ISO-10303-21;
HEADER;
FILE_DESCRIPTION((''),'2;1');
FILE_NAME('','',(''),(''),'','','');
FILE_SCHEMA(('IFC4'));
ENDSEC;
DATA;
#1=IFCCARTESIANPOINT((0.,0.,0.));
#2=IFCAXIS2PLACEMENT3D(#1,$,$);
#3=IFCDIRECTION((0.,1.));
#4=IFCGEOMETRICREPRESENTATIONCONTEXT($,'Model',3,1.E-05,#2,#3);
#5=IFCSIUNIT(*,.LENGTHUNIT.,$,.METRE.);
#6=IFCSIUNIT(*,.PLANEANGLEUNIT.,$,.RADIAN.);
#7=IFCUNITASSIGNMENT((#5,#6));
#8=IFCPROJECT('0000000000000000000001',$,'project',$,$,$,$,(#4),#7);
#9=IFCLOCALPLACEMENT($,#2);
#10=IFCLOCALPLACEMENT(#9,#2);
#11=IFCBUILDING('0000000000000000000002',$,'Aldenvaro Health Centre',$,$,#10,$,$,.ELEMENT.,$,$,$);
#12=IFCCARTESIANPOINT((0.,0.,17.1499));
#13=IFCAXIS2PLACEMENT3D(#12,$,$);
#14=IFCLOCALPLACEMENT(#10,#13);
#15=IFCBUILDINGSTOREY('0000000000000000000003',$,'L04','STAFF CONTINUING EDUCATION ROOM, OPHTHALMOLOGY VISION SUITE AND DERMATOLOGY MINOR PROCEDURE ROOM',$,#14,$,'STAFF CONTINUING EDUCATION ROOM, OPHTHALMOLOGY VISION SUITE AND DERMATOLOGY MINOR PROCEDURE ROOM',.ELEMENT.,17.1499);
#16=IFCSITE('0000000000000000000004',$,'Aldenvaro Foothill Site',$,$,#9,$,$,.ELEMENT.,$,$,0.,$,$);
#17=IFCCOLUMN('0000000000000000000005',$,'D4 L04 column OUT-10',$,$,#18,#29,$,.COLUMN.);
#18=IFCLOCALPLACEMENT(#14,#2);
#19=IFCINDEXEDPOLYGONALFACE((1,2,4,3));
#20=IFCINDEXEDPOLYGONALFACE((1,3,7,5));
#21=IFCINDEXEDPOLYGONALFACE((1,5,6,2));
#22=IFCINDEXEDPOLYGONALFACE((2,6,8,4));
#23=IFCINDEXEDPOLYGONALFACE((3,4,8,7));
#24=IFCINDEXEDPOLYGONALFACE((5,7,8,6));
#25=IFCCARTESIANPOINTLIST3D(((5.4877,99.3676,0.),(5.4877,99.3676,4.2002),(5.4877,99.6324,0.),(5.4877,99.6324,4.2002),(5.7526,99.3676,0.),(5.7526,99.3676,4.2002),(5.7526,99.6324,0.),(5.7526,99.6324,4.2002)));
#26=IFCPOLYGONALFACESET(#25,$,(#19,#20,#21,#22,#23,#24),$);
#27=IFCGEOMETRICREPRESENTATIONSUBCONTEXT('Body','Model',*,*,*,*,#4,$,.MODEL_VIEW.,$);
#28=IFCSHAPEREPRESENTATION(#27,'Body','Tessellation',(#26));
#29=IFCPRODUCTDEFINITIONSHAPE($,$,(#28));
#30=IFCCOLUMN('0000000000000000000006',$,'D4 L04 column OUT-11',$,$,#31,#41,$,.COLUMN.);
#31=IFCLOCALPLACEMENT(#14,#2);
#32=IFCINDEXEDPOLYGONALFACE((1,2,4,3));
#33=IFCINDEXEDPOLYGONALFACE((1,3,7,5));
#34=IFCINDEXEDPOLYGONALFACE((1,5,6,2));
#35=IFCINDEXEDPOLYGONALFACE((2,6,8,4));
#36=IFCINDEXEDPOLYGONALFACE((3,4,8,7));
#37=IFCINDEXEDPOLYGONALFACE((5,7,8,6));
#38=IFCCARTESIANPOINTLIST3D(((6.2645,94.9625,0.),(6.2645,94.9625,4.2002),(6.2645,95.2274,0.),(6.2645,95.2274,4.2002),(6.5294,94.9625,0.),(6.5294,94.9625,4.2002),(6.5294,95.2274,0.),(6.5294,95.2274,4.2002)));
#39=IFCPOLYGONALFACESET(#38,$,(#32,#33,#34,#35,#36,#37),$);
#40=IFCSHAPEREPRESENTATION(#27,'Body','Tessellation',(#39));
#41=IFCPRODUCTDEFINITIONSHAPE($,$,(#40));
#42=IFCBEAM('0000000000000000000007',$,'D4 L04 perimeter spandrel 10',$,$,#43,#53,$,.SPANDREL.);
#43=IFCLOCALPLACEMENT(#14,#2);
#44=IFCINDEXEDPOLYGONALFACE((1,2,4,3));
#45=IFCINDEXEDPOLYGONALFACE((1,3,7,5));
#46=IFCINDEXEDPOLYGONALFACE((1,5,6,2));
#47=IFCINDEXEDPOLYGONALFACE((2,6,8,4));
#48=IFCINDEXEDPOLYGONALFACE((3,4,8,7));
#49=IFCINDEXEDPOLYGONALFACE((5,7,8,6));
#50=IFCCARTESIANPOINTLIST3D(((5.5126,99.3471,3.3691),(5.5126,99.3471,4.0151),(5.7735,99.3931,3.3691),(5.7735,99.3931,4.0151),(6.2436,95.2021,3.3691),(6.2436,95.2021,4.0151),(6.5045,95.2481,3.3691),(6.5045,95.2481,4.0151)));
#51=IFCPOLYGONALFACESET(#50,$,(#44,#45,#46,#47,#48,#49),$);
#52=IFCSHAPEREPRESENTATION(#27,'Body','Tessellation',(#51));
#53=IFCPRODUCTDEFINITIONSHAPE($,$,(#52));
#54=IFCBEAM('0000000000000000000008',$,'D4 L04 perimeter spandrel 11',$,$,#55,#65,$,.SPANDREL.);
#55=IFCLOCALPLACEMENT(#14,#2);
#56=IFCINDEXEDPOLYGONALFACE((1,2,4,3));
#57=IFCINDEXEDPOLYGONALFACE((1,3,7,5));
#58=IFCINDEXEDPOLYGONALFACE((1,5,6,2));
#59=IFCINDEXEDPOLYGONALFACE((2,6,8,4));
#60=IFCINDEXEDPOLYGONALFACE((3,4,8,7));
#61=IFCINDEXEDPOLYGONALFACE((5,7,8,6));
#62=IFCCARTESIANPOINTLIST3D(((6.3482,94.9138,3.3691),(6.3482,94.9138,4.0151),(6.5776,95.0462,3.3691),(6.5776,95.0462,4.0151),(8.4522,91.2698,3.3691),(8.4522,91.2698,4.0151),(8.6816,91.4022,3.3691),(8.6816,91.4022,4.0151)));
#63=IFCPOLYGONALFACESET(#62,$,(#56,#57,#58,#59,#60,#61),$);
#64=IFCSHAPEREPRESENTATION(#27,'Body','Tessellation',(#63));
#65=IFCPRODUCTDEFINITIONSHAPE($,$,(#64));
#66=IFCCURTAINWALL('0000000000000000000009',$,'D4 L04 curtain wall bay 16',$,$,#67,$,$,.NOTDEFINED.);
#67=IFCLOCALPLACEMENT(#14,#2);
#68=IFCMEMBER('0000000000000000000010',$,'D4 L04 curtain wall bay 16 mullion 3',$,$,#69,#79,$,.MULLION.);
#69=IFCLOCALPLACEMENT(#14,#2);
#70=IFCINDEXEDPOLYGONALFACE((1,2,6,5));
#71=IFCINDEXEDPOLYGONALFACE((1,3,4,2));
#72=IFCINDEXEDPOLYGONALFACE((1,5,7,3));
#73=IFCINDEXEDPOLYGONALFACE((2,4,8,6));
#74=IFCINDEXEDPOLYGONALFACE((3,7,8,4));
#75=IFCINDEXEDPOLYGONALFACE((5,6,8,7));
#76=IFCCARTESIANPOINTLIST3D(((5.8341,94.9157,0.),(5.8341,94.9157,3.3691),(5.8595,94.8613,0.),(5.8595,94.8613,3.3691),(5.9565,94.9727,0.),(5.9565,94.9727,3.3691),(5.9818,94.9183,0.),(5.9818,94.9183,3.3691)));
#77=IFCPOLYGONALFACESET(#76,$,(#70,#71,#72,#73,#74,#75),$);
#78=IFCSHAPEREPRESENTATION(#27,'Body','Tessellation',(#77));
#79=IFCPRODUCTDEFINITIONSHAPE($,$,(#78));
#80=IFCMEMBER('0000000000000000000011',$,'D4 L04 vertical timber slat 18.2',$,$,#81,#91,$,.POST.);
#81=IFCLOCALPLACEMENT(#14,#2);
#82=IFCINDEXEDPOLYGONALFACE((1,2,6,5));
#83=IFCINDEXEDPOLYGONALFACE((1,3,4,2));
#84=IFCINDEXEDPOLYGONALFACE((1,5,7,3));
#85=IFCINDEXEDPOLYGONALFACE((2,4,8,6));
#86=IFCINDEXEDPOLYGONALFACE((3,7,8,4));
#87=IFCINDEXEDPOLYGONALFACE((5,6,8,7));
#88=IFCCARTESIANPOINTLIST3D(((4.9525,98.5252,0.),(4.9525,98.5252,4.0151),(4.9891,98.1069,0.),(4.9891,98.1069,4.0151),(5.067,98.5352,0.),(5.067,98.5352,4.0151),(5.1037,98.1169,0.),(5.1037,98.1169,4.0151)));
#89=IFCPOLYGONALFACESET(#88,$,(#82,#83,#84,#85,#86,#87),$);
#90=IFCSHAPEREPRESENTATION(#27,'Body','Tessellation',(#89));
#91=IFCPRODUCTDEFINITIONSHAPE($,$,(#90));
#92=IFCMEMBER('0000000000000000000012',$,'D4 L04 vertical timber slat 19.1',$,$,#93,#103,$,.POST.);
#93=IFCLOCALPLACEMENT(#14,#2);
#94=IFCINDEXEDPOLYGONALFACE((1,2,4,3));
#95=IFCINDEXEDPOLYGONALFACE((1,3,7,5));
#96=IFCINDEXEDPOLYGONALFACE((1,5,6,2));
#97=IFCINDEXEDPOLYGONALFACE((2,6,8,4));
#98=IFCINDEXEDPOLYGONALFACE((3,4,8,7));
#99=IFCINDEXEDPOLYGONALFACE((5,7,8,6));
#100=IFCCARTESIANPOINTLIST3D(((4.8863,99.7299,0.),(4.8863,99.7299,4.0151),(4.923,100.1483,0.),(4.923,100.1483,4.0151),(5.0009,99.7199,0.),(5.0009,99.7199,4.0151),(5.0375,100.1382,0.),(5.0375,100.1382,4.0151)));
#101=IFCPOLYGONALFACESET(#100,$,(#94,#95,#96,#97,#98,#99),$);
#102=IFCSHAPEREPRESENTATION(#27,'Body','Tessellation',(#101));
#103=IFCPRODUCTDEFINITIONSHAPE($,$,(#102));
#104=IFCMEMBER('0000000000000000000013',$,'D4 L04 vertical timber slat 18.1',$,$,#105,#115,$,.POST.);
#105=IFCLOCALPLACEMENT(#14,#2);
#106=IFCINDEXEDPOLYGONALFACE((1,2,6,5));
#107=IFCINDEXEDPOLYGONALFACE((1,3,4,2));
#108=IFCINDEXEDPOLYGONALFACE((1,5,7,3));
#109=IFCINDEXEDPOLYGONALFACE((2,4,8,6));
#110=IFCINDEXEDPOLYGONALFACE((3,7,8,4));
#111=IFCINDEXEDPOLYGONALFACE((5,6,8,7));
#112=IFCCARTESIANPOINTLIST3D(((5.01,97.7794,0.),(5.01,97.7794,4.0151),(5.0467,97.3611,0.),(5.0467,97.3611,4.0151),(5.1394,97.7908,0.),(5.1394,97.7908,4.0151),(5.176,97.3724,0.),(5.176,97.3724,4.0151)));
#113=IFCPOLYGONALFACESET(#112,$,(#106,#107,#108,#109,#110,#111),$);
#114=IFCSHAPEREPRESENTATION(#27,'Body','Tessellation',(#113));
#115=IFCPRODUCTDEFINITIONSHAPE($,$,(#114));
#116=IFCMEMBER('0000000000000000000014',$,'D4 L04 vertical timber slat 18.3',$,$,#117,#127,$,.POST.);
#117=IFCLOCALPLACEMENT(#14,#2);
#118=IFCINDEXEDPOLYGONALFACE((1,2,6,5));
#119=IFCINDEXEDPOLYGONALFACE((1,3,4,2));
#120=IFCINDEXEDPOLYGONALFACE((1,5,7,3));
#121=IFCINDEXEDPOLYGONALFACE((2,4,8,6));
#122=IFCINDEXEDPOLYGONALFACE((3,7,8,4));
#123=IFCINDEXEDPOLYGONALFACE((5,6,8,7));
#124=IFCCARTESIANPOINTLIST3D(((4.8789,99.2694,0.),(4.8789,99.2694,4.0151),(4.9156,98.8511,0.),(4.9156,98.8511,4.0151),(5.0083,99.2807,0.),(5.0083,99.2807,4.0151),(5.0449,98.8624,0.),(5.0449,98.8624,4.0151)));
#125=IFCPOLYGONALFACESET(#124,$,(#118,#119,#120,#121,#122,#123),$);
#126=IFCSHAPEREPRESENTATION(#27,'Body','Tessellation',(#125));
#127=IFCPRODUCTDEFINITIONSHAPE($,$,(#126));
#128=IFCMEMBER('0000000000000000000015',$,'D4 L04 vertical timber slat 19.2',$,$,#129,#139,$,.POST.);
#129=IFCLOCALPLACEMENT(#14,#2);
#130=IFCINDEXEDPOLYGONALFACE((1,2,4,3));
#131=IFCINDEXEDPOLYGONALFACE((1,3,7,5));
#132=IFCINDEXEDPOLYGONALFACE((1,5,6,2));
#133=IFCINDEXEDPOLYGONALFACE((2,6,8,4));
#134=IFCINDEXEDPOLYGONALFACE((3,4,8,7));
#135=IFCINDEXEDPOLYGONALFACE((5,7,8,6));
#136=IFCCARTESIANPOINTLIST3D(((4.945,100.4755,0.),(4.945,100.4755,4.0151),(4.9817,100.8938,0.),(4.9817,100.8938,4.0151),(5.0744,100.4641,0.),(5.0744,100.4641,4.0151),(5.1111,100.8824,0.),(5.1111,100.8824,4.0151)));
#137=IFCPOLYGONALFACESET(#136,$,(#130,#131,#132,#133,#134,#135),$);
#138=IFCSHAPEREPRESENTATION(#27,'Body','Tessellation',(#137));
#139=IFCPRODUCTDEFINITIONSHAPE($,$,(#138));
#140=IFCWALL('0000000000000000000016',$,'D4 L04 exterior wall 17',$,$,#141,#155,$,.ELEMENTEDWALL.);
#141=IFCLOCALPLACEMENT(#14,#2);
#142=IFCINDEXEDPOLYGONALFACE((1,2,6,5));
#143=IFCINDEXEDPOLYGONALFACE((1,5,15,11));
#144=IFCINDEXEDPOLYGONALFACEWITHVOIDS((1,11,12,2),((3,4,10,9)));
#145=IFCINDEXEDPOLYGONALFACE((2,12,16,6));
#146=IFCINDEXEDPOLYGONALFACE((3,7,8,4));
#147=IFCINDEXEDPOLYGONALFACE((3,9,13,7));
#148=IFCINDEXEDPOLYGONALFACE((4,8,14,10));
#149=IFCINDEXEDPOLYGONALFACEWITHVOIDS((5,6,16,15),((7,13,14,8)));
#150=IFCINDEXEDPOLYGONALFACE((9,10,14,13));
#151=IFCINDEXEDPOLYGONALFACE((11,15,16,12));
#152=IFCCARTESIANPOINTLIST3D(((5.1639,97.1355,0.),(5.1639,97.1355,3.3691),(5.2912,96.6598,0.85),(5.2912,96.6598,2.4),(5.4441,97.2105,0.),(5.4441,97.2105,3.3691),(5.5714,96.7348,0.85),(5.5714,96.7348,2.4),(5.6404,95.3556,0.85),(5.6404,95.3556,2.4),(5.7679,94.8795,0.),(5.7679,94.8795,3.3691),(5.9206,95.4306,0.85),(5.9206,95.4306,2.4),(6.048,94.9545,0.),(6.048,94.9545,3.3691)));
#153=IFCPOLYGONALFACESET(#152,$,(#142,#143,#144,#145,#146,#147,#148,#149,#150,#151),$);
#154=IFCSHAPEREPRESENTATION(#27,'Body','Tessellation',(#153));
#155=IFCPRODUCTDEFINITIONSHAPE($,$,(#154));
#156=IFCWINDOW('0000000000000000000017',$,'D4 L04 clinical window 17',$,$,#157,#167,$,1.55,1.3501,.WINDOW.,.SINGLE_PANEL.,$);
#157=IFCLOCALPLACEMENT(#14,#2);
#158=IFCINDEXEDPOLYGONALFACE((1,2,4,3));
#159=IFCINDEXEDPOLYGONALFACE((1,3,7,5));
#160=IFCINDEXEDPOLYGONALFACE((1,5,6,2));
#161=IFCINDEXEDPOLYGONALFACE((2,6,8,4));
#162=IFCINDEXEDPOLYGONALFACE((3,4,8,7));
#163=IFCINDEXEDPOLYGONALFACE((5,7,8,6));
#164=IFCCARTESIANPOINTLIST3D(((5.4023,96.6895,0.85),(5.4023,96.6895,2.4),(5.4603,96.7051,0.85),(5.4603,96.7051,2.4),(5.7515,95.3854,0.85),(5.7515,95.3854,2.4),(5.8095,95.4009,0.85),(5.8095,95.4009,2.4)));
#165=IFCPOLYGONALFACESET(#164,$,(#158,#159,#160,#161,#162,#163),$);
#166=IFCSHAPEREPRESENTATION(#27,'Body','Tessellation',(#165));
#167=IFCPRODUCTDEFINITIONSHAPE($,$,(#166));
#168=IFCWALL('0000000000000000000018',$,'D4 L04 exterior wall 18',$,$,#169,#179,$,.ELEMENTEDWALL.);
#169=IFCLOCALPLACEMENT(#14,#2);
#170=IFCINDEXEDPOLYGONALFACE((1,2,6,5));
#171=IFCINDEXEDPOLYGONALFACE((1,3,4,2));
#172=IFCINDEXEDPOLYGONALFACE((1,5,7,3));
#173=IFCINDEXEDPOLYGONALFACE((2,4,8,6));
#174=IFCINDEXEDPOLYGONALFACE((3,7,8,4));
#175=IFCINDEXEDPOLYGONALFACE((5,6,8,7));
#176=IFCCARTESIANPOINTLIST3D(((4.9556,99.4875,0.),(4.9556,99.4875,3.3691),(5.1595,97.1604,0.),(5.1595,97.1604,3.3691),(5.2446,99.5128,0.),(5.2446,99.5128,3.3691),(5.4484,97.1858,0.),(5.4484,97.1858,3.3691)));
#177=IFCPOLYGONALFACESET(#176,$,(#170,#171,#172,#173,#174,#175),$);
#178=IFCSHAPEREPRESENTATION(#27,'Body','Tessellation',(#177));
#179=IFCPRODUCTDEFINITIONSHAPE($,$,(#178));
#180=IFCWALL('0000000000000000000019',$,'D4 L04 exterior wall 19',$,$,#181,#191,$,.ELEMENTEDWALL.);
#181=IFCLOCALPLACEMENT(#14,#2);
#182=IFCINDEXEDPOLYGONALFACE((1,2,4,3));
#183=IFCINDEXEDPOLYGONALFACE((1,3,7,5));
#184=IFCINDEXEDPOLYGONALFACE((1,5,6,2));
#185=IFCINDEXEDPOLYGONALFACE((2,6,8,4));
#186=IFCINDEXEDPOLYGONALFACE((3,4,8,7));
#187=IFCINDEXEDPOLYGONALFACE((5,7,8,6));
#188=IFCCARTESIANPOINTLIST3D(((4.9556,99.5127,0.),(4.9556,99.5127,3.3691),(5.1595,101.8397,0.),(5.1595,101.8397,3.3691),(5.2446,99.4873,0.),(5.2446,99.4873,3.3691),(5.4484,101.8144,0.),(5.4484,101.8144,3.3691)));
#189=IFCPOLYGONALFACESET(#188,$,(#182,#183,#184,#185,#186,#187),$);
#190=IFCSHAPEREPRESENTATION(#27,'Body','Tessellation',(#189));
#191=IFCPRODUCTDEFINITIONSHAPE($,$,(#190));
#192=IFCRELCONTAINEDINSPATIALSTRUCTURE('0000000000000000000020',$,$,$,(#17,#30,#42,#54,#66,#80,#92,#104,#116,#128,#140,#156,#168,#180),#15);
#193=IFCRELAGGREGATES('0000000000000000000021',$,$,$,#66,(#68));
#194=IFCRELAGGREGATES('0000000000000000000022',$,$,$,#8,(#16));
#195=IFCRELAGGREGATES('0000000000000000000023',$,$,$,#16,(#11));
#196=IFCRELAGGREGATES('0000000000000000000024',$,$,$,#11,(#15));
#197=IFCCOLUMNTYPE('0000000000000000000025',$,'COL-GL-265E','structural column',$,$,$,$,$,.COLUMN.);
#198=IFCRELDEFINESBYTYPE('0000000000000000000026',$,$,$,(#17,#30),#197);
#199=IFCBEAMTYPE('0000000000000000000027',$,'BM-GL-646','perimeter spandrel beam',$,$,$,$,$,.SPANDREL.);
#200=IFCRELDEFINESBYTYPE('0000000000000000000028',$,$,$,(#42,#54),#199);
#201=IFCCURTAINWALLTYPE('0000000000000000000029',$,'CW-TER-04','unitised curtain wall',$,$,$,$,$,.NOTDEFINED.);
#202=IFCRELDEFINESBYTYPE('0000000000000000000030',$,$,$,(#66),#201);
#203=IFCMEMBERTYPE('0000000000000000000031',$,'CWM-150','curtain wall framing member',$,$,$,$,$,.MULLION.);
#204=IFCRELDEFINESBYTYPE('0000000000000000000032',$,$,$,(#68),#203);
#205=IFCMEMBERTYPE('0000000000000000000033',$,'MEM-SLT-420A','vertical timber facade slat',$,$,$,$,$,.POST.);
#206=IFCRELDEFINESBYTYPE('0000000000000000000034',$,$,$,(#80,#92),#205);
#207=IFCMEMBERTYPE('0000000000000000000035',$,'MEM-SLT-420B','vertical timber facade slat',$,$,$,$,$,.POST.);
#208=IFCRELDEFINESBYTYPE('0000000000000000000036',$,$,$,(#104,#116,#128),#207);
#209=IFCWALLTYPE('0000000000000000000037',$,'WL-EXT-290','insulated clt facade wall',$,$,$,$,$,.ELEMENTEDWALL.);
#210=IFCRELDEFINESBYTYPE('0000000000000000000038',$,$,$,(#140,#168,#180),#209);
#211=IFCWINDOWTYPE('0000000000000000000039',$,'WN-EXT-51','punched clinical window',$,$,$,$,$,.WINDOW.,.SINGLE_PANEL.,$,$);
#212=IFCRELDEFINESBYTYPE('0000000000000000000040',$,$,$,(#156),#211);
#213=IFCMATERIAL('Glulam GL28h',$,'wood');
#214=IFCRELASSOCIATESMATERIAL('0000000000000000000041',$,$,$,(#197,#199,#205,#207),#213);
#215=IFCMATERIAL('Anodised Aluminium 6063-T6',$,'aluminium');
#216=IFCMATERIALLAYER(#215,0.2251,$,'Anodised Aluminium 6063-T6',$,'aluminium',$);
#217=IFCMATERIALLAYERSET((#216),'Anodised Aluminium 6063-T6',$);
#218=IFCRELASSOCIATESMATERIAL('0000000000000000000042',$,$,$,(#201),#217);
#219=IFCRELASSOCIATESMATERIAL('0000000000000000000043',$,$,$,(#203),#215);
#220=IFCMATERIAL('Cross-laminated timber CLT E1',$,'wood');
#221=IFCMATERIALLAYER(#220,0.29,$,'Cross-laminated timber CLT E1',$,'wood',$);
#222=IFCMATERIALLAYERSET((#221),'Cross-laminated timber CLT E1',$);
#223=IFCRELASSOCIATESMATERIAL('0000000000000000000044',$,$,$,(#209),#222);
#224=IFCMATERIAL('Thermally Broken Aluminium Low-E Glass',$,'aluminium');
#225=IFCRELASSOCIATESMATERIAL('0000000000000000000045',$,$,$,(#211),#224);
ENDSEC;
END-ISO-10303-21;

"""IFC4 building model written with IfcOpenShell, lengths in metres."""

from ifc_helpers import new_model, si_unit, direction, frame, frame_2d, origin, origin_2d, place, context, subcontext, project, spatial, rectangle, extrude, material, layer, layer_set, material_profile, profile_set, type_object, element, fill, aggregate, save


model = new_model("IFC4")

# Units and contexts
model_context = context("Model", 3, precision=1e-05, world=origin(), true_north=direction((0.0, 1.0)))
body_context = subcontext(model_context, "Body", "Model", "MODEL_VIEW")
ifc_project = project(units=[si_unit("LENGTHUNIT", "METRE"), si_unit("PLANEANGLEUNIT", "RADIAN")], contexts=[model_context])

# Site, building, storey
site_placement = place(None, origin())
site = spatial("IfcSite", under=ifc_project, at=site_placement, Name="Aldenvaro Foothill Site", CompositionType="ELEMENT", RefElevation=0.0)
building_placement = place(site_placement, origin())
building = spatial("IfcBuilding", under=site, at=building_placement, Name="Aldenvaro Health Centre", CompositionType="ELEMENT")
storey_placement = place(building_placement, frame((0.0, 0.0, 17.1499)))
storey = spatial("IfcBuildingStorey", under=building, at=storey_placement, Name="L04", Description="STAFF CONTINUING EDUCATION ROOM, OPHTHALMOLOGY VISION SUITE AND DERMATOLOGY MINOR PROCEDURE ROOM", LongName="STAFF CONTINUING EDUCATION ROOM, OPHTHALMOLOGY VISION SUITE AND DERMATOLOGY MINOR PROCEDURE ROOM", CompositionType="ELEMENT", Elevation=17.1499)

# Columns
ifc_material_1 = material(Name="Glulam GL28h", Category="wood")
ifc_material_profile_1 = material_profile(ifc_material_1, rectangle(XDim=0.2649, YDim=0.2649, at=origin_2d()), Name="GL 265x265", Category="wood")
ifc_profile_set_1 = profile_set([ifc_material_profile_1], Name="Glulam GL28h")
column_type = type_object("IfcColumnType", Name="COL-GL-265E", Description="structural column", PredefinedType="COLUMN", material=ifc_profile_set_1)
for number, where, z_axis, x_axis, name in (
    (1, (5.6201, 99.5, 0.0), (0.0, 0.0, 1.0), (1.0, 0.0, 0.0), "D4 L04 column OUT-10"),
    (2, (6.397, 95.095, 0.0), (0.0, 0.0, 1.0), (1.0, 0.0, 0.0), "D4 L04 column OUT-11"),
):
    element("IfcColumn", number, at=place(storey_placement, frame(where, z_axis=z_axis, x_axis=x_axis)), inside=storey, type_object=column_type, Name=name, PredefinedType="COLUMN", context=body_context, shape_type="SweptSolid", body=[
        extrude(rectangle(XDim=0.2649, YDim=0.2649, at=origin_2d()), origin(), (0.0, 0.0, 1.0), 4.2002),
    ])

# Beams
ifc_material_profile_2 = material_profile(ifc_material_1, rectangle(XDim=0.2649, YDim=0.646, at=origin_2d()), Name="GL 265x646", Category="wood")
ifc_profile_set_2 = profile_set([ifc_material_profile_2], Name="Glulam GL28h")
beam_type = type_object("IfcBeamType", Name="BM-GL-646", Description="perimeter spandrel beam", PredefinedType="SPANDREL", material=ifc_profile_set_2)
beam_1_placement = place(storey_placement, frame((5.6431, 99.3701, 3.6921), z_axis=(0.173666, -0.984805, 0.0), x_axis=(0.984805, 0.173666, 0.0)))
element("IfcBeam", 3, at=beam_1_placement, inside=storey, type_object=beam_type, Name="D4 L04 perimeter spandrel 10", PredefinedType="SPANDREL", context=body_context, shape_type="SweptSolid", body=[
    extrude(rectangle(XDim=0.2649, YDim=0.646, at=origin_2d()), origin(), (0.0, 0.0, 1.0), 4.209),
])
beam_2_placement = place(storey_placement, frame((6.4629, 94.98, 3.6921), z_axis=(0.50002, -0.866014, 0.0), x_axis=(0.866014, 0.50002, 0.0)))
element("IfcBeam", 4, at=beam_2_placement, inside=storey, type_object=beam_type, Name="D4 L04 perimeter spandrel 11", PredefinedType="SPANDREL", context=body_context, shape_type="SweptSolid", body=[
    extrude(rectangle(XDim=0.2649, YDim=0.646, at=origin_2d()), origin(), (0.0, 0.0, 1.0), 4.2078),
])

# Curtain wall, member
ifc_material_2 = material(Name="Anodised Aluminium 6063-T6", Category="aluminium")
ifc_layer_1 = layer(ifc_material_2, 0.2251, Name="Anodised Aluminium 6063-T6", Category="aluminium")
ifc_layer_set_1 = layer_set([ifc_layer_1], Name="Anodised Aluminium 6063-T6")
curtain_wall_type = type_object("IfcCurtainWallType", Name="CW-TER-04", Description="unitised curtain wall", PredefinedType="NOTDEFINED", material=ifc_layer_set_1)
curtain_wall_placement = place(storey_placement, origin())
curtain_wall = element("IfcCurtainWall", 5, at=curtain_wall_placement, inside=storey, type_object=curtain_wall_type, Name="D4 L04 curtain wall bay 16", PredefinedType="NOTDEFINED")
ifc_material_profile_3 = material_profile(ifc_material_2, rectangle(XDim=0.0601, YDim=0.135, at=origin_2d()), Name="ALU 60x135", Category="aluminium")
ifc_profile_set_3 = profile_set([ifc_material_profile_3], Name="Anodised Aluminium 6063-T6")
member_type_1 = type_object("IfcMemberType", Name="CWM-150", Description="curtain wall framing member", PredefinedType="MULLION", material=ifc_profile_set_3)
member_placement = place(storey_placement, frame((5.908, 94.917, 0.0), z_axis=(0.0, 0.0, 1.0), x_axis=(-0.422557, 0.906336, 0.0)))
member = element("IfcMember", 6, at=member_placement, type_object=member_type_1, Name="D4 L04 curtain wall bay 16 mullion 3", PredefinedType="MULLION", context=body_context, shape_type="SweptSolid", body=[
    extrude(rectangle(XDim=0.0601, YDim=0.135, at=origin_2d()), origin(), (0.0, 0.0, 1.0), 3.3691),
])
aggregate(curtain_wall, [member])

# Members
ifc_material_profile_4 = material_profile(ifc_material_1, rectangle(XDim=0.115, YDim=0.4199, at=origin_2d()), Name="GL 115x420", Category="wood")
ifc_profile_set_4 = profile_set([ifc_material_profile_4], Name="Glulam GL28h")
member_type_2 = type_object("IfcMemberType", Name="MEM-SLT-420A", Description="vertical timber facade slat", PredefinedType="POST", material=ifc_profile_set_4)
for number, where, z_axis, x_axis, name in (
    (7, (5.0281, 98.321, 0.0), (0.0, 0.0, 1.0), (-0.996179, -0.087332, 0.0), "D4 L04 vertical timber slat 18.2"),
    (8, (4.9619, 99.9341, 0.0), (0.0, 0.0, 1.0), (-0.996179, 0.087332, 0.0), "D4 L04 vertical timber slat 19.1"),
):
    element("IfcMember", number, at=place(storey_placement, frame(where, z_axis=z_axis, x_axis=x_axis)), inside=storey, type_object=member_type_2, Name=name, PredefinedType="POST", context=body_context, shape_type="SweptSolid", body=[
        extrude(rectangle(XDim=0.115, YDim=0.4199, at=origin_2d()), origin(), (0.0, 0.0, 1.0), 4.0151),
    ])
ifc_material_profile_5 = material_profile(ifc_material_1, rectangle(XDim=0.1299, YDim=0.4199, at=origin_2d()), Name="GL 130x420", Category="wood")
ifc_profile_set_5 = profile_set([ifc_material_profile_5], Name="Glulam GL28h")
member_type_3 = type_object("IfcMemberType", Name="MEM-SLT-420B", Description="vertical timber facade slat", PredefinedType="POST", material=ifc_profile_set_5)
for number, where, z_axis, x_axis, name in (
    (9, (5.093, 97.5759, 0.0), (0.0, 0.0, 1.0), (-0.996179, -0.087332, 0.0), "D4 L04 vertical timber slat 18.1"),
    (10, (4.9619, 99.0659, 0.0), (0.0, 0.0, 1.0), (-0.996179, -0.087332, 0.0), "D4 L04 vertical timber slat 18.3"),
    (11, (5.0281, 100.679, 0.0), (0.0, 0.0, 1.0), (-0.996179, 0.087332, 0.0), "D4 L04 vertical timber slat 19.2"),
):
    element("IfcMember", number, at=place(storey_placement, frame(where, z_axis=z_axis, x_axis=x_axis)), inside=storey, type_object=member_type_3, Name=name, PredefinedType="POST", context=body_context, shape_type="SweptSolid", body=[
        extrude(rectangle(XDim=0.1299, YDim=0.4199, at=origin_2d()), origin(), (0.0, 0.0, 1.0), 4.0151),
    ])

# Wall, opening, window
ifc_material_3 = material(Name="Cross-laminated timber CLT E1", Category="wood")
ifc_layer_2 = layer(ifc_material_3, 0.29, Name="Cross-laminated timber CLT E1", Category="wood")
ifc_layer_set_2 = layer_set([ifc_layer_2], Name="Cross-laminated timber CLT E1")
wall_type_1 = type_object("IfcWallType", Name="WL-EXT-290", Description="insulated clt facade wall", PredefinedType="ELEMENTEDWALL", material=ifc_layer_set_2)
wall_1_placement = place(storey_placement, frame((5.908, 94.917, 0.0), z_axis=(0.0, 0.0, 1.0), x_axis=(-0.258612, 0.965981, 0.0)))
wall_1 = element("IfcWall", 12, at=wall_1_placement, inside=storey, type_object=wall_type_1, Name="D4 L04 exterior wall 17", PredefinedType="ELEMENTEDWALL", context=body_context, shape_type="SweptSolid", body=[
    extrude(rectangle(XDim=2.3354, YDim=0.29, at=frame_2d((1.1677, 0.0))), origin(), (0.0, 0.0, 1.0), 3.3691),
])
opening_placement = place(wall_1_placement, frame((0.4929, 0.0, 0.8501)))
opening = element("IfcOpeningElement", 13, at=opening_placement, cuts=wall_1, PredefinedType="OPENING", context=body_context, shape_type="SweptSolid", body=[
    extrude(rectangle(XDim=1.3501, YDim=1.55, at=frame_2d((0.675, 0.7749))), frame((0.0, 0.155, 0.0), z_axis=(0.0, -1.0, 0.0), x_axis=(1.0, 0.0, 0.0)), (0.0, 0.0, 1.0), 0.3101),
])
ifc_material_4 = material(Name="Thermally Broken Aluminium Low-E Glass", Category="aluminium")
window_type = type_object("IfcWindowType", Name="WN-EXT-51", Description="punched clinical window", PartitioningType="SINGLE_PANEL", PredefinedType="WINDOW", material=ifc_material_4)
window_placement = place(opening_placement, origin())
window = element("IfcWindow", 14, at=window_placement, inside=storey, type_object=window_type, Name="D4 L04 clinical window 17", OverallHeight=1.55, OverallWidth=1.3501, PartitioningType="SINGLE_PANEL", PredefinedType="WINDOW", context=body_context, shape_type="SweptSolid", body=[
    extrude(rectangle(XDim=1.3501, YDim=1.55, at=frame_2d((0.675, 0.7749))), frame((0.0, 0.03, 0.0), z_axis=(0.0, -1.0, 0.0), x_axis=(1.0, 0.0, 0.0)), (0.0, 0.0, 1.0), 0.0601),
])
fill(opening, window)

# Walls
for number, where, z_axis, x_axis, name in (
    (15, (5.304, 97.1731, 0.0), (0.0, 0.0, 1.0), (-0.087275, 0.996184, 0.0), "D4 L04 exterior wall 18"),
    (16, (5.1001, 99.5, 0.0), (0.0, 0.0, 1.0), (0.087275, 0.996184, 0.0), "D4 L04 exterior wall 19"),
):
    element("IfcWall", number, at=place(storey_placement, frame(where, z_axis=z_axis, x_axis=x_axis)), inside=storey, type_object=wall_type_1, Name=name, PredefinedType="ELEMENTEDWALL", context=body_context, shape_type="SweptSolid", body=[
        extrude(rectangle(XDim=2.3359, YDim=0.29, at=frame_2d((1.168, 0.0))), origin(), (0.0, 0.0, 1.0), 3.3691),
    ])

save(model, "model.ifc")
